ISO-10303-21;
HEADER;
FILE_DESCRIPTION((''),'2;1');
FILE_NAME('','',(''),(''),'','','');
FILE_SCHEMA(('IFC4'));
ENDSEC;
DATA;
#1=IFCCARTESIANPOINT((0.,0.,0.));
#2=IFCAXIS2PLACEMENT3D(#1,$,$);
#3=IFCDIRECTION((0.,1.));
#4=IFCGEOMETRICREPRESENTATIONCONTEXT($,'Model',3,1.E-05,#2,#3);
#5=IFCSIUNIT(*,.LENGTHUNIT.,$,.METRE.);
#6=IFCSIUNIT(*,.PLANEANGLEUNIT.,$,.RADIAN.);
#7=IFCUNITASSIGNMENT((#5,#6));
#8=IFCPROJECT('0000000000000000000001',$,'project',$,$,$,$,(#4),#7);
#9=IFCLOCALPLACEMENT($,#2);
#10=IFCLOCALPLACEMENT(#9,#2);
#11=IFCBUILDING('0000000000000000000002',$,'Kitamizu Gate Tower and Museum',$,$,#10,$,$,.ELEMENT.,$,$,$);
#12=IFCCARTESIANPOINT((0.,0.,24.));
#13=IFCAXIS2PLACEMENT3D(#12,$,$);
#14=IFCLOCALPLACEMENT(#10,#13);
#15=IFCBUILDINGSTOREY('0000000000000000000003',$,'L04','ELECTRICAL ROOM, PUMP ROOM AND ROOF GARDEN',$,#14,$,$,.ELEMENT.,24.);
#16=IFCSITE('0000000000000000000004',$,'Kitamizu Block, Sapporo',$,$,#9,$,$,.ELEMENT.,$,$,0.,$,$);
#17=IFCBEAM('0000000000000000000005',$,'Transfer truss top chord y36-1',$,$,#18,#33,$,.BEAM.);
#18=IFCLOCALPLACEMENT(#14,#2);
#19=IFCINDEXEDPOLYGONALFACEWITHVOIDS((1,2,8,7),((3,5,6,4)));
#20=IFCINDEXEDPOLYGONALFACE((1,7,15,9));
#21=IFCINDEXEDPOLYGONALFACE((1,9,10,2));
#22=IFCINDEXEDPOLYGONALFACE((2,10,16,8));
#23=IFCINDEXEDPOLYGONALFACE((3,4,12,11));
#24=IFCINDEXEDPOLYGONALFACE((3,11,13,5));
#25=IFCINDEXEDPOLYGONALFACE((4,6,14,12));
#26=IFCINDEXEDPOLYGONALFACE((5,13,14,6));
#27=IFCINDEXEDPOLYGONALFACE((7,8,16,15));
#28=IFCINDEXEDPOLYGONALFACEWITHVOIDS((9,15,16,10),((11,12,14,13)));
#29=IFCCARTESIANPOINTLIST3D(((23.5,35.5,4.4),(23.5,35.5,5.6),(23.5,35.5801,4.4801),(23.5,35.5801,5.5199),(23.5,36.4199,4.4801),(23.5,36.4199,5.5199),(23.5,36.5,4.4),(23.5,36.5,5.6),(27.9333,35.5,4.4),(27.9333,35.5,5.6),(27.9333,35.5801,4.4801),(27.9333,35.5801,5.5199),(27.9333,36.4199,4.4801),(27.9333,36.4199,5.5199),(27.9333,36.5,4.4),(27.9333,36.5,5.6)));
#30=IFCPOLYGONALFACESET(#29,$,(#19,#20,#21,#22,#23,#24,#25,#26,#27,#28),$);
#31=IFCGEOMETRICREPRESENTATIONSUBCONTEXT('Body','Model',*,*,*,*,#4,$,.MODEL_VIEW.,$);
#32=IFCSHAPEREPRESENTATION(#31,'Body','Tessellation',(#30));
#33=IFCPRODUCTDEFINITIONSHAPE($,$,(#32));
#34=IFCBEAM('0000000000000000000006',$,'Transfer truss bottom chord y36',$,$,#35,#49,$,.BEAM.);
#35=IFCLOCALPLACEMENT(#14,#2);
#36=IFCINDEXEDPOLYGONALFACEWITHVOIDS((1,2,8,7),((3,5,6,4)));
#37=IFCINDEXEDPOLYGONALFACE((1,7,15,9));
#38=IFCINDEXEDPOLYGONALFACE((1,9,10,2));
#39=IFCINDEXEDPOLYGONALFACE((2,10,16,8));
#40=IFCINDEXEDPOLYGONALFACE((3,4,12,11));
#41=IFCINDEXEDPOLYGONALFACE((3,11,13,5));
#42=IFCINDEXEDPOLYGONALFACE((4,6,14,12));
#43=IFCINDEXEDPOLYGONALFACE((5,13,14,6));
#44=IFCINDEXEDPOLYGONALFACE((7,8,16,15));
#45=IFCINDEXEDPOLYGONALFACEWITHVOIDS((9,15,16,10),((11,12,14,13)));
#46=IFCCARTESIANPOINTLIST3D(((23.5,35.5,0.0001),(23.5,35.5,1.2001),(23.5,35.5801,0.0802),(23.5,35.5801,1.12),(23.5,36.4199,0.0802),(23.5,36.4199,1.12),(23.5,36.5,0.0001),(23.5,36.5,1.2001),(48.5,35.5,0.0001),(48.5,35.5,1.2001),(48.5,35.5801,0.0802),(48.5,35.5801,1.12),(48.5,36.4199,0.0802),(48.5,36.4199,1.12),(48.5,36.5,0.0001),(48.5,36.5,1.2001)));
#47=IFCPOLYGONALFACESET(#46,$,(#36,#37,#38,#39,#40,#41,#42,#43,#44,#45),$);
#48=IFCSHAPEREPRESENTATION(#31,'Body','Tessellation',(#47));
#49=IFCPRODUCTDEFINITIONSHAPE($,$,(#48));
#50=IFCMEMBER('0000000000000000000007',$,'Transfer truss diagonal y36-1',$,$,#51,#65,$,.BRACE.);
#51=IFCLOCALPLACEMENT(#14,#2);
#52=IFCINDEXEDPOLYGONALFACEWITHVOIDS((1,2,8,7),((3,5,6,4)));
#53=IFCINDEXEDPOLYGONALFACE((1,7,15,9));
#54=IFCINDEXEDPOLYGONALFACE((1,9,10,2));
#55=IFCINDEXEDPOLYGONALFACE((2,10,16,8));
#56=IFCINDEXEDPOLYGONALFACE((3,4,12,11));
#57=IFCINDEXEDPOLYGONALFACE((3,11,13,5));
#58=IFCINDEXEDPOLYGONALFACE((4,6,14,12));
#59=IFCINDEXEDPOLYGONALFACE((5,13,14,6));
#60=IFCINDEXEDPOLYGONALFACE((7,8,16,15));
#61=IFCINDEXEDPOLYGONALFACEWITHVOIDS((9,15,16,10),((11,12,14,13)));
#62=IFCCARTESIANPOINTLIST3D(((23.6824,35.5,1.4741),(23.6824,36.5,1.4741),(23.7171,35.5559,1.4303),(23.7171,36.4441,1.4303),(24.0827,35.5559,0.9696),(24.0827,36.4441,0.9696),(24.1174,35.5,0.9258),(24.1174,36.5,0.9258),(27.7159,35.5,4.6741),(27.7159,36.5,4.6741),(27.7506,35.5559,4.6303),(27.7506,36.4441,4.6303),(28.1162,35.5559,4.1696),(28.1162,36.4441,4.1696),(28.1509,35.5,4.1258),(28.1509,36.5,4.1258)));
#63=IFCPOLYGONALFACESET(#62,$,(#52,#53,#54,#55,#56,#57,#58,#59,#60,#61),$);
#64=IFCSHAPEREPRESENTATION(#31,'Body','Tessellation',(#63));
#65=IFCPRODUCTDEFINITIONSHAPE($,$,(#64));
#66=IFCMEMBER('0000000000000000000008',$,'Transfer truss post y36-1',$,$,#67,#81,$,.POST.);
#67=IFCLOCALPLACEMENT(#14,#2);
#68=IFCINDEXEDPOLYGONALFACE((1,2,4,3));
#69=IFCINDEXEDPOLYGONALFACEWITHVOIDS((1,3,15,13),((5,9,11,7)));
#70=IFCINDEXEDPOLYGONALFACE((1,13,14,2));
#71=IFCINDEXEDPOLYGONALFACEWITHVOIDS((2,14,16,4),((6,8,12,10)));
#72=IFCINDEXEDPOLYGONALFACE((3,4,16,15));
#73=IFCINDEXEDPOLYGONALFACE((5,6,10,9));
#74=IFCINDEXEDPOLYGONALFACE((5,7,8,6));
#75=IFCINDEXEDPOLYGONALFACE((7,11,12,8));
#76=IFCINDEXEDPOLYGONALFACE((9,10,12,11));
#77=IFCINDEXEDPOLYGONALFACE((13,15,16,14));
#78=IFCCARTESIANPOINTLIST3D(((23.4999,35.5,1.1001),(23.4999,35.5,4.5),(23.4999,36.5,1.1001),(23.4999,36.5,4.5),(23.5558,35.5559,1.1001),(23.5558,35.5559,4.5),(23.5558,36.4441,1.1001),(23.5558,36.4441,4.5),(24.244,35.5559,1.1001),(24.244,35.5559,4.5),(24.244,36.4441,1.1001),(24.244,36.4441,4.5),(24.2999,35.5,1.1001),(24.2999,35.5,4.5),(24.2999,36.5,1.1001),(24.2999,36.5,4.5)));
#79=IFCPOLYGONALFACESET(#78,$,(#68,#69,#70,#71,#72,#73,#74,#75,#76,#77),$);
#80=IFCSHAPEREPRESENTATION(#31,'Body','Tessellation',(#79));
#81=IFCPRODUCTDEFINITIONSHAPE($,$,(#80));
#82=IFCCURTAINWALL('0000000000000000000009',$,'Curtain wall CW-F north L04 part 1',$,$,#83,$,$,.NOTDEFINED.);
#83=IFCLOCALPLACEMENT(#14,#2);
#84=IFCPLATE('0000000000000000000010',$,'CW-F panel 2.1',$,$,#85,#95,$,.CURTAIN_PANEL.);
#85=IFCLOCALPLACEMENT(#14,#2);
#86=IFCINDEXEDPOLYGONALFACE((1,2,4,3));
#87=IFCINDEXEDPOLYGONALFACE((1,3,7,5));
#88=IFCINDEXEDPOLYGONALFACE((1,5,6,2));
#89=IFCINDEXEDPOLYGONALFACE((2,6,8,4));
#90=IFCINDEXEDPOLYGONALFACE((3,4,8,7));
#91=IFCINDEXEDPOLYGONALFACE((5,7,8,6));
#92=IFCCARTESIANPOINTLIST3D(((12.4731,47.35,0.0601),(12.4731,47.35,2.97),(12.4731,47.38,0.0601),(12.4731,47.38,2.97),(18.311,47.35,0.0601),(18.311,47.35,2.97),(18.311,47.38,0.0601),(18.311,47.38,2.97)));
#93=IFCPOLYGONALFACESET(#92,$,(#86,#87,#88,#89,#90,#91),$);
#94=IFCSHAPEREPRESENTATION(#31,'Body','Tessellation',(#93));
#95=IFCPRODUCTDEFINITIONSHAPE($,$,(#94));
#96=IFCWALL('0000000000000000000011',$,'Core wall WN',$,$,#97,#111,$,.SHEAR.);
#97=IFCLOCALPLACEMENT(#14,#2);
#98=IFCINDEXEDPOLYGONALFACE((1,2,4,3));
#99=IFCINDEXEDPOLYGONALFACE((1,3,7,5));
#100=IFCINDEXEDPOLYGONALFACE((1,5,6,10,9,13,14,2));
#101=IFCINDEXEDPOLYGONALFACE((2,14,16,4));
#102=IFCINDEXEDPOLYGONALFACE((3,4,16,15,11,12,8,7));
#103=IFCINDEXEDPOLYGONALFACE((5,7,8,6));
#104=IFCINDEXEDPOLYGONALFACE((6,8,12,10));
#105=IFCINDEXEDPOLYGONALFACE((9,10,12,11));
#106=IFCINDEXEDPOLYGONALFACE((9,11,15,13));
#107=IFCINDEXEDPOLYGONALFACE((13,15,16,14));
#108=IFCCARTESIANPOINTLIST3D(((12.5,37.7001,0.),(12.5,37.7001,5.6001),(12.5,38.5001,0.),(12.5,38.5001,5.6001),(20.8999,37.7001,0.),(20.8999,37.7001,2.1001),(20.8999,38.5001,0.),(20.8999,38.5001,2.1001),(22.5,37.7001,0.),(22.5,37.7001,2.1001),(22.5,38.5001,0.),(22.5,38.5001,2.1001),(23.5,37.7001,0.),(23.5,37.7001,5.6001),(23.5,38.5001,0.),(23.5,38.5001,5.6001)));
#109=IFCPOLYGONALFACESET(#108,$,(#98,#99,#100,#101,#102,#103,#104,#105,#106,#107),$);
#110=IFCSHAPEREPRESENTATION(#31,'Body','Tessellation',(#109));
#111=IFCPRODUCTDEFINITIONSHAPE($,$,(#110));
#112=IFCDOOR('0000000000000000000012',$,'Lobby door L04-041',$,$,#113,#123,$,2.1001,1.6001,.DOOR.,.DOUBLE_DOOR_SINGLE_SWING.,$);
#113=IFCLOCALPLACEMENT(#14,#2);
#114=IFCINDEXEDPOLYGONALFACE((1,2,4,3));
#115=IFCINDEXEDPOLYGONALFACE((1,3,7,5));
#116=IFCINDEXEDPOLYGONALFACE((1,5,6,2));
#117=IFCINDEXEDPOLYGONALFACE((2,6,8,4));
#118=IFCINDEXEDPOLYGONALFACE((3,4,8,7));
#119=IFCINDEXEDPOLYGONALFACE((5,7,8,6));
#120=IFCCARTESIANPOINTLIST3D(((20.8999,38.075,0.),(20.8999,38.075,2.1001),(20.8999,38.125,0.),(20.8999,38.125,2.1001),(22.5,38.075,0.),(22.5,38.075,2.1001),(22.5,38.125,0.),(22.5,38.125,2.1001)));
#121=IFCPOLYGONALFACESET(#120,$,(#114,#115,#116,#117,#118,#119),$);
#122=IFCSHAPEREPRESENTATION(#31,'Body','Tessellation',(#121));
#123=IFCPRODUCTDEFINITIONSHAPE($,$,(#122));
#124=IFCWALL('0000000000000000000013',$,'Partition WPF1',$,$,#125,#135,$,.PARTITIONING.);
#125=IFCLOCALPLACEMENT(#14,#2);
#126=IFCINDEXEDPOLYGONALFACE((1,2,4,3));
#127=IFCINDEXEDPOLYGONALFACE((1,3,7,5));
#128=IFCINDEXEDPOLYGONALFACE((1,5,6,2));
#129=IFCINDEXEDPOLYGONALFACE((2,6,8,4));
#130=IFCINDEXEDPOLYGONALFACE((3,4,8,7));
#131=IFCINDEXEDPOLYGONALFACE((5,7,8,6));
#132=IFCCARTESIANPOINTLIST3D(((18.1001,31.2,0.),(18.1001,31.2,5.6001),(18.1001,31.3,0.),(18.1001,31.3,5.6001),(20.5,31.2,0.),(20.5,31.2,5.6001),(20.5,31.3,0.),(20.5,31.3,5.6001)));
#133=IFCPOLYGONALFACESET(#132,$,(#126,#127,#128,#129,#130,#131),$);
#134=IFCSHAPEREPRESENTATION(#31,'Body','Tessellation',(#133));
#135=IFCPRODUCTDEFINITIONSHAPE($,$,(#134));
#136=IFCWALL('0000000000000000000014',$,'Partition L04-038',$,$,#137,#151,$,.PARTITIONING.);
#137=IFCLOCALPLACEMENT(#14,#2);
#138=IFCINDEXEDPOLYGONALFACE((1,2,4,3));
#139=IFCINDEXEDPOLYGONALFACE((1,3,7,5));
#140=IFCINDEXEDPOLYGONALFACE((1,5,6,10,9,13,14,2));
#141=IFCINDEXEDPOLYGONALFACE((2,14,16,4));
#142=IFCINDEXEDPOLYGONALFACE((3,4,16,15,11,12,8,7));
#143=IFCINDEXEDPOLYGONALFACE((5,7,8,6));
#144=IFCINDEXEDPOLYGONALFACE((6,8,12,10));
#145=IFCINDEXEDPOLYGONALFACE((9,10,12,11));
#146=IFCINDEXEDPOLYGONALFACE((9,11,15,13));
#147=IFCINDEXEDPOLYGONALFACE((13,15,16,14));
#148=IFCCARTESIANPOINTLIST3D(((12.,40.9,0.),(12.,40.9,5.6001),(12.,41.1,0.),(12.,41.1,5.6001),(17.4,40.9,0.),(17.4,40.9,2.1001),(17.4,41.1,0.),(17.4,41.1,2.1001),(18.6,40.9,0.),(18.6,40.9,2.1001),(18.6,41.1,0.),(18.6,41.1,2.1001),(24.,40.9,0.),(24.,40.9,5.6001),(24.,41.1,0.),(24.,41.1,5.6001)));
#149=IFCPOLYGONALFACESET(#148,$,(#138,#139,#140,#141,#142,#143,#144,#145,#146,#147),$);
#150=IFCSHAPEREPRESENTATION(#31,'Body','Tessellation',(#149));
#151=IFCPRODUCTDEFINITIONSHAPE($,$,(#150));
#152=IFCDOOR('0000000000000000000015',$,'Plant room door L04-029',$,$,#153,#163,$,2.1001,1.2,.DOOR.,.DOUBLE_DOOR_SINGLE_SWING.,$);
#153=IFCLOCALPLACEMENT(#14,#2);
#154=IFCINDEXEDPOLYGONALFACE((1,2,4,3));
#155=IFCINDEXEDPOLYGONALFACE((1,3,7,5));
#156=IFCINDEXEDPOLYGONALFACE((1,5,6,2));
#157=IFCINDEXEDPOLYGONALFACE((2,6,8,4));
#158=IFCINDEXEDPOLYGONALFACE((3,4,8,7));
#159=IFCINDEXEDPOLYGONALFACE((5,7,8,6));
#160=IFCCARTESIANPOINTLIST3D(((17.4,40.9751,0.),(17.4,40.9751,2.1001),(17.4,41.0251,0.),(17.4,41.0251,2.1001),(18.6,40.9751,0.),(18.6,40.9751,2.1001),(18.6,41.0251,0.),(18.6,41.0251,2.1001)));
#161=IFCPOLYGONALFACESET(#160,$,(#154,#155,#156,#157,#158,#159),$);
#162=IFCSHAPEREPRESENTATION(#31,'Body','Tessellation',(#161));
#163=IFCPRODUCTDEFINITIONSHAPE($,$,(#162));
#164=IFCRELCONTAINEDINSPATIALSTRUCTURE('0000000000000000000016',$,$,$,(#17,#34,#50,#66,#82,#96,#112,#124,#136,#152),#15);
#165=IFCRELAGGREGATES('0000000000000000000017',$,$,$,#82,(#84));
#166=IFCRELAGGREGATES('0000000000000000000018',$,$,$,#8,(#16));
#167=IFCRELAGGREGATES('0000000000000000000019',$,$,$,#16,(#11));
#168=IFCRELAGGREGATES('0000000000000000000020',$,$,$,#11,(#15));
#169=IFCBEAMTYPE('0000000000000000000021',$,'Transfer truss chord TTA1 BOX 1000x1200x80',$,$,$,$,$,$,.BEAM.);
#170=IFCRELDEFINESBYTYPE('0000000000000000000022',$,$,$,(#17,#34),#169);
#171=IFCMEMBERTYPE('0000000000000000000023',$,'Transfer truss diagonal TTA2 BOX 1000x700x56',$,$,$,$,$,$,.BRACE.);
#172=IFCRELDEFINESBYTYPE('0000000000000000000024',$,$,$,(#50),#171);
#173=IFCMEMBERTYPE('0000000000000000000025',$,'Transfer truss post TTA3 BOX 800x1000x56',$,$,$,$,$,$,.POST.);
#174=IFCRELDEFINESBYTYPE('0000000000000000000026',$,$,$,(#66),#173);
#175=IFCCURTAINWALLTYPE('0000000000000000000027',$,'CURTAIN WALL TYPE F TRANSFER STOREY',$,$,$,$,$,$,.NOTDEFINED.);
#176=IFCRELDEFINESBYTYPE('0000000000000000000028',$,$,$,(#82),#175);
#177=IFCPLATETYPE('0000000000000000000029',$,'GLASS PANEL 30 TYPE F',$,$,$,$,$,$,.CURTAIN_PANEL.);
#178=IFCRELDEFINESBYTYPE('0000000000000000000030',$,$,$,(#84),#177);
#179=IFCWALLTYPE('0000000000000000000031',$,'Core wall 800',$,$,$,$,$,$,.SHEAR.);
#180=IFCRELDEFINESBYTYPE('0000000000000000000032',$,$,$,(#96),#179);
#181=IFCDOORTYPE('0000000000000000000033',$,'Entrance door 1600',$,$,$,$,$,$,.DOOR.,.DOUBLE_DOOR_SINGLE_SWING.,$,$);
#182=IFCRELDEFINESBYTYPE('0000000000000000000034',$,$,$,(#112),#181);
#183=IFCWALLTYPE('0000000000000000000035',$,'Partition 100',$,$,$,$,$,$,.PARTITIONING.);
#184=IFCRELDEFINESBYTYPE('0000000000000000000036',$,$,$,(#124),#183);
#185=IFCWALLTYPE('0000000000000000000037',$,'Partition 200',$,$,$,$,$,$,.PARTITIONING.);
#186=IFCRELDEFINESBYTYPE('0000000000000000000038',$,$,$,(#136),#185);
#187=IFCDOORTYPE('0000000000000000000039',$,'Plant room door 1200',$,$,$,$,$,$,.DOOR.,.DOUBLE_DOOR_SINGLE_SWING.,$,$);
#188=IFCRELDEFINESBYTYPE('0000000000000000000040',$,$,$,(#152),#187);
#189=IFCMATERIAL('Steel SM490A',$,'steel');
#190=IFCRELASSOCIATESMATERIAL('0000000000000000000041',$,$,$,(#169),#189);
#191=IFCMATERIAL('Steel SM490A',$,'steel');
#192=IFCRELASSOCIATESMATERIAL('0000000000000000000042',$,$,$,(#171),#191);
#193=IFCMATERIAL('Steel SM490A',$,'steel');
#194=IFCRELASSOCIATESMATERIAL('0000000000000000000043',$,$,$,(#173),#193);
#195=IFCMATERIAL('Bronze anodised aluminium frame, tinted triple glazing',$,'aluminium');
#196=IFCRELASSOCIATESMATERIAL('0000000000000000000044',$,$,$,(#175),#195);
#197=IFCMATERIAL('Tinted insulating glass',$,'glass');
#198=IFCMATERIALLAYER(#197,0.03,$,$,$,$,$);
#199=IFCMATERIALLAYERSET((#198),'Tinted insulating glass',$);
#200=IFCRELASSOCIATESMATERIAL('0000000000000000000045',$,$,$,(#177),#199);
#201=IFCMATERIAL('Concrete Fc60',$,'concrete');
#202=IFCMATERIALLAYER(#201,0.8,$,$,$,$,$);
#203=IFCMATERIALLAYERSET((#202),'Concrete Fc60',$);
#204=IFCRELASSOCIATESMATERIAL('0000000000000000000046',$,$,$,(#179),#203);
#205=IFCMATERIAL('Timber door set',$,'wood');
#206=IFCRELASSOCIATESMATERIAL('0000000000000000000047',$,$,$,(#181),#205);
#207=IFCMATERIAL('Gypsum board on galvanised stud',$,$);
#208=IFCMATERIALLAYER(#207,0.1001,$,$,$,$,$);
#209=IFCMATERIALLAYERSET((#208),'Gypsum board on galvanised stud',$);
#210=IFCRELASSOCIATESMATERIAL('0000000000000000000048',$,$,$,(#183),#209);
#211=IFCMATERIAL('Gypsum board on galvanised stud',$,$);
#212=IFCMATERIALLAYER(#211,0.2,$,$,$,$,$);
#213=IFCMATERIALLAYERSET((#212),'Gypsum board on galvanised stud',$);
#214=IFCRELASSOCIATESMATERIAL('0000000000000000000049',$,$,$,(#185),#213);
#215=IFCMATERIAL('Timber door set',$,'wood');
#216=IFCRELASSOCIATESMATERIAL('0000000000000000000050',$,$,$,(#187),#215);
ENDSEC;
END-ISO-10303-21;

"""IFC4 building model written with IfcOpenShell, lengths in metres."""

from ifc_helpers import new_model, si_unit, direction, frame, frame_2d, origin, origin_2d, place, context, subcontext, project, spatial, rectangle, hollow_rectangle, extrude, material, layer, layer_set, material_profile, profile_set, type_object, element, fill, aggregate, save


model = new_model("IFC4")

# Units and contexts
model_context = context("Model", 3, precision=1e-05, world=origin(), true_north=direction((0.0, 1.0)))
body_context = subcontext(model_context, "Body", "Model", "MODEL_VIEW")
ifc_project = project(units=[si_unit("LENGTHUNIT", "METRE"), si_unit("PLANEANGLEUNIT", "RADIAN")], contexts=[model_context])

# Site, building, storey
site_placement = place(None, origin())
site = spatial("IfcSite", under=ifc_project, at=site_placement, Name="Kitamizu Block, Sapporo", CompositionType="ELEMENT", RefElevation=0.0)
building_placement = place(site_placement, origin())
building = spatial("IfcBuilding", under=site, at=building_placement, Name="Kitamizu Gate Tower and Museum", CompositionType="ELEMENT")
storey_placement = place(building_placement, frame((0.0, 0.0, 24.0)))
storey = spatial("IfcBuildingStorey", under=building, at=storey_placement, Name="L04", Description="ELECTRICAL ROOM, PUMP ROOM AND ROOF GARDEN", CompositionType="ELEMENT", Elevation=24.0)

# Beams
ifc_material_1 = material(Name="Steel SM490A", Category="steel")
ifc_material_profile_1 = material_profile(ifc_material_1, hollow_rectangle(XDim=1.0, YDim=1.2, WallThickness=0.0801, at=origin_2d()), Name="BOX 1000x1200x80")
ifc_profile_set_1 = profile_set([ifc_material_profile_1], Name="Steel SM490A")
beam_type = type_object("IfcBeamType", Name="Transfer truss chord TTA1 BOX 1000x1200x80", PredefinedType="BEAM", material=ifc_profile_set_1)
beam_1_placement = place(storey_placement, frame((23.5, 36.0, 5.0), z_axis=(1.0, 0.0, 0.0), x_axis=(0.0, 1.0, 0.0)))
element("IfcBeam", 1, at=beam_1_placement, inside=storey, type_object=beam_type, Name="Transfer truss top chord y36-1", PredefinedType="BEAM", context=body_context, shape_type="SweptSolid", body=[
    extrude(hollow_rectangle(XDim=1.0, YDim=1.2, WallThickness=0.0801, at=origin_2d()), origin(), (0.0, 0.0, 1.0), 4.4333),
])
beam_2_placement = place(storey_placement, frame((23.5, 36.0, 0.6001), z_axis=(1.0, 0.0, 0.0), x_axis=(0.0, 1.0, 0.0)))
element("IfcBeam", 2, at=beam_2_placement, inside=storey, type_object=beam_type, Name="Transfer truss bottom chord y36", PredefinedType="BEAM", context=body_context, shape_type="SweptSolid", body=[
    extrude(hollow_rectangle(XDim=1.0, YDim=1.2, WallThickness=0.0801, at=origin_2d()), origin(), (0.0, 0.0, 1.0), 25.0),
])

# Members
ifc_material_2 = material(Name="Steel SM490A", Category="steel")
ifc_material_profile_2 = material_profile(ifc_material_2, hollow_rectangle(XDim=1.0, YDim=0.7, WallThickness=0.0559, at=origin_2d()), Name="BOX 1000x700x56")
ifc_profile_set_2 = profile_set([ifc_material_profile_2], Name="Steel SM490A")
member_type_1 = type_object("IfcMemberType", Name="Transfer truss diagonal TTA2 BOX 1000x700x56", PredefinedType="BRACE", material=ifc_profile_set_2)
member_1_placement = place(storey_placement, frame((23.8999, 36.0, 1.2), z_axis=(0.783402, 0.0, 0.621515), x_axis=(0.0, 1.0, 0.0)))
element("IfcMember", 3, at=member_1_placement, inside=storey, type_object=member_type_1, Name="Transfer truss diagonal y36-1", PredefinedType="BRACE", context=body_context, shape_type="SweptSolid", body=[
    extrude(hollow_rectangle(XDim=1.0, YDim=0.7, WallThickness=0.0559, at=origin_2d()), origin(), (0.0, 0.0, 1.0), 5.1487),
])
ifc_material_3 = material(Name="Steel SM490A", Category="steel")
ifc_material_profile_3 = material_profile(ifc_material_3, hollow_rectangle(XDim=0.8, YDim=1.0, WallThickness=0.0559, at=origin_2d()), Name="BOX 800x1000x56")
ifc_profile_set_3 = profile_set([ifc_material_profile_3], Name="Steel SM490A")
member_type_2 = type_object("IfcMemberType", Name="Transfer truss post TTA3 BOX 800x1000x56", PredefinedType="POST", material=ifc_profile_set_3)
member_2_placement = place(storey_placement, frame((23.8999, 36.0, 1.1001), z_axis=(0.0, 0.0, 1.0), x_axis=(1.0, 0.0, 0.0)))
element("IfcMember", 4, at=member_2_placement, inside=storey, type_object=member_type_2, Name="Transfer truss post y36-1", PredefinedType="POST", context=body_context, shape_type="SweptSolid", body=[
    extrude(hollow_rectangle(XDim=0.8, YDim=1.0, WallThickness=0.0559, at=origin_2d()), origin(), (0.0, 0.0, 1.0), 3.3999),
])

# Curtain wall, plate
ifc_material_4 = material(Name="Bronze anodised aluminium frame, tinted triple glazing", Category="aluminium")
curtain_wall_type = type_object("IfcCurtainWallType", Name="CURTAIN WALL TYPE F TRANSFER STOREY", PredefinedType="NOTDEFINED", material=ifc_material_4)
curtain_wall_placement = place(storey_placement, origin())
curtain_wall = element("IfcCurtainWall", 5, at=curtain_wall_placement, inside=storey, type_object=curtain_wall_type, Name="Curtain wall CW-F north L04 part 1", PredefinedType="NOTDEFINED")
ifc_material_5 = material(Name="Tinted insulating glass", Category="glass")
ifc_layer_1 = layer(ifc_material_5, 0.03)
ifc_layer_set_1 = layer_set([ifc_layer_1], Name="Tinted insulating glass")
plate_type = type_object("IfcPlateType", Name="GLASS PANEL 30 TYPE F", PredefinedType="CURTAIN_PANEL", material=ifc_layer_set_1)
plate_placement = place(storey_placement, frame((15.3921, 47.365, 0.0601), z_axis=(0.0, 0.0, 1.0), x_axis=(1.0, 0.0, 0.0)))
plate = element("IfcPlate", 6, at=plate_placement, type_object=plate_type, Name="CW-F panel 2.1", PredefinedType="CURTAIN_PANEL", context=body_context, shape_type="SweptSolid", body=[
    extrude(rectangle(XDim=5.8379, YDim=0.03, at=origin_2d()), origin(), (0.0, 0.0, 1.0), 2.9099),
])
aggregate(curtain_wall, [plate])

# Wall, opening, door
ifc_material_6 = material(Name="Concrete Fc60", Category="concrete")
ifc_layer_2 = layer(ifc_material_6, 0.8)
ifc_layer_set_2 = layer_set([ifc_layer_2], Name="Concrete Fc60")
wall_type_1 = type_object("IfcWallType", Name="Core wall 800", PredefinedType="SHEAR", material=ifc_layer_set_2)
wall_1_placement = place(storey_placement, frame((12.5, 38.1001, 0.0), z_axis=(0.0, 0.0, 1.0), x_axis=(1.0, 0.0, 0.0)))
wall_1 = element("IfcWall", 7, at=wall_1_placement, inside=storey, type_object=wall_type_1, Name="Core wall WN", PredefinedType="SHEAR", context=body_context, shape_type="SweptSolid", body=[
    extrude(rectangle(XDim=11.0, YDim=0.8, at=frame_2d((5.5, 0.0))), origin(), (0.0, 0.0, 1.0), 5.6001),
])
opening_1_placement = place(wall_1_placement, frame((8.3999, 0.0, 0.0)))
opening_1 = element("IfcOpeningElement", 8, at=opening_1_placement, cuts=wall_1, PredefinedType="OPENING", context=body_context, shape_type="SweptSolid", body=[
    extrude(rectangle(XDim=1.6001, YDim=2.1001, at=frame_2d((0.8, 1.05))), frame((0.0, 0.4102, 0.0), z_axis=(0.0, -1.0, 0.0), x_axis=(1.0, 0.0, 0.0)), (0.0, 0.0, 1.0), 0.8201),
])
ifc_material_7 = material(Name="Timber door set", Category="wood")
door_type_1 = type_object("IfcDoorType", Name="Entrance door 1600", OperationType="DOUBLE_DOOR_SINGLE_SWING", PredefinedType="DOOR", material=ifc_material_7)
door_1_placement = place(opening_1_placement, origin())
door_1 = element("IfcDoor", 9, at=door_1_placement, inside=storey, type_object=door_type_1, Name="Lobby door L04-041", OperationType="DOUBLE_DOOR_SINGLE_SWING", OverallHeight=2.1001, OverallWidth=1.6001, PredefinedType="DOOR", context=body_context, shape_type="SweptSolid", body=[
    extrude(rectangle(XDim=1.6001, YDim=2.1001, at=frame_2d((0.8, 1.05))), frame((0.0, 0.0249, 0.0), z_axis=(0.0, -1.0, 0.0), x_axis=(1.0, 0.0, 0.0)), (0.0, 0.0, 1.0), 0.05),
])
fill(opening_1, door_1)

# Wall
ifc_material_8 = material(Name="Gypsum board on galvanised stud")
ifc_layer_3 = layer(ifc_material_8, 0.1001)
ifc_layer_set_3 = layer_set([ifc_layer_3], Name="Gypsum board on galvanised stud")
wall_type_2 = type_object("IfcWallType", Name="Partition 100", PredefinedType="PARTITIONING", material=ifc_layer_set_3)
wall_2_placement = place(storey_placement, frame((18.1001, 31.25, 0.0), z_axis=(0.0, 0.0, 1.0), x_axis=(1.0, 0.0, 0.0)))
element("IfcWall", 10, at=wall_2_placement, inside=storey, type_object=wall_type_2, Name="Partition WPF1", PredefinedType="PARTITIONING", context=body_context, shape_type="SweptSolid", body=[
    extrude(rectangle(XDim=2.3999, YDim=0.1001, at=frame_2d((1.2, 0.0))), origin(), (0.0, 0.0, 1.0), 5.6001),
])

# Wall, opening, door
ifc_material_9 = material(Name="Gypsum board on galvanised stud")
ifc_layer_4 = layer(ifc_material_9, 0.2)
ifc_layer_set_4 = layer_set([ifc_layer_4], Name="Gypsum board on galvanised stud")
wall_type_3 = type_object("IfcWallType", Name="Partition 200", PredefinedType="PARTITIONING", material=ifc_layer_set_4)
wall_3_placement = place(storey_placement, frame((24.0, 41.0, 0.0), z_axis=(0.0, 0.0, 1.0), x_axis=(-1.0, 0.0, 0.0)))
wall_3 = element("IfcWall", 11, at=wall_3_placement, inside=storey, type_object=wall_type_3, Name="Partition L04-038", PredefinedType="PARTITIONING", context=body_context, shape_type="SweptSolid", body=[
    extrude(rectangle(XDim=12.0, YDim=0.2, at=frame_2d((6.0, 0.0))), origin(), (0.0, 0.0, 1.0), 5.6001),
])
opening_2_placement = place(wall_3_placement, frame((5.3999, 0.0, 0.0)))
opening_2 = element("IfcOpeningElement", 12, at=opening_2_placement, cuts=wall_3, PredefinedType="OPENING", context=body_context, shape_type="SweptSolid", body=[
    extrude(rectangle(XDim=1.2, YDim=2.1001, at=frame_2d((0.6001, 1.05))), frame((0.0, 0.1099, 0.0), z_axis=(0.0, -1.0, 0.0), x_axis=(1.0, 0.0, 0.0)), (0.0, 0.0, 1.0), 0.22),
])
ifc_material_10 = material(Name="Timber door set", Category="wood")
door_type_2 = type_object("IfcDoorType", Name="Plant room door 1200", OperationType="DOUBLE_DOOR_SINGLE_SWING", PredefinedType="DOOR", material=ifc_material_10)
door_2_placement = place(opening_2_placement, origin())
door_2 = element("IfcDoor", 13, at=door_2_placement, inside=storey, type_object=door_type_2, Name="Plant room door L04-029", OperationType="DOUBLE_DOOR_SINGLE_SWING", OverallHeight=2.1001, OverallWidth=1.2, PredefinedType="DOOR", context=body_context, shape_type="SweptSolid", body=[
    extrude(rectangle(XDim=1.2, YDim=2.1001, at=frame_2d((0.6001, 1.05))), frame((0.0, 0.0249, 0.0), z_axis=(0.0, -1.0, 0.0), x_axis=(1.0, 0.0, 0.0)), (0.0, 0.0, 1.0), 0.05),
])
fill(opening_2, door_2)

save(model, "model.ifc")
